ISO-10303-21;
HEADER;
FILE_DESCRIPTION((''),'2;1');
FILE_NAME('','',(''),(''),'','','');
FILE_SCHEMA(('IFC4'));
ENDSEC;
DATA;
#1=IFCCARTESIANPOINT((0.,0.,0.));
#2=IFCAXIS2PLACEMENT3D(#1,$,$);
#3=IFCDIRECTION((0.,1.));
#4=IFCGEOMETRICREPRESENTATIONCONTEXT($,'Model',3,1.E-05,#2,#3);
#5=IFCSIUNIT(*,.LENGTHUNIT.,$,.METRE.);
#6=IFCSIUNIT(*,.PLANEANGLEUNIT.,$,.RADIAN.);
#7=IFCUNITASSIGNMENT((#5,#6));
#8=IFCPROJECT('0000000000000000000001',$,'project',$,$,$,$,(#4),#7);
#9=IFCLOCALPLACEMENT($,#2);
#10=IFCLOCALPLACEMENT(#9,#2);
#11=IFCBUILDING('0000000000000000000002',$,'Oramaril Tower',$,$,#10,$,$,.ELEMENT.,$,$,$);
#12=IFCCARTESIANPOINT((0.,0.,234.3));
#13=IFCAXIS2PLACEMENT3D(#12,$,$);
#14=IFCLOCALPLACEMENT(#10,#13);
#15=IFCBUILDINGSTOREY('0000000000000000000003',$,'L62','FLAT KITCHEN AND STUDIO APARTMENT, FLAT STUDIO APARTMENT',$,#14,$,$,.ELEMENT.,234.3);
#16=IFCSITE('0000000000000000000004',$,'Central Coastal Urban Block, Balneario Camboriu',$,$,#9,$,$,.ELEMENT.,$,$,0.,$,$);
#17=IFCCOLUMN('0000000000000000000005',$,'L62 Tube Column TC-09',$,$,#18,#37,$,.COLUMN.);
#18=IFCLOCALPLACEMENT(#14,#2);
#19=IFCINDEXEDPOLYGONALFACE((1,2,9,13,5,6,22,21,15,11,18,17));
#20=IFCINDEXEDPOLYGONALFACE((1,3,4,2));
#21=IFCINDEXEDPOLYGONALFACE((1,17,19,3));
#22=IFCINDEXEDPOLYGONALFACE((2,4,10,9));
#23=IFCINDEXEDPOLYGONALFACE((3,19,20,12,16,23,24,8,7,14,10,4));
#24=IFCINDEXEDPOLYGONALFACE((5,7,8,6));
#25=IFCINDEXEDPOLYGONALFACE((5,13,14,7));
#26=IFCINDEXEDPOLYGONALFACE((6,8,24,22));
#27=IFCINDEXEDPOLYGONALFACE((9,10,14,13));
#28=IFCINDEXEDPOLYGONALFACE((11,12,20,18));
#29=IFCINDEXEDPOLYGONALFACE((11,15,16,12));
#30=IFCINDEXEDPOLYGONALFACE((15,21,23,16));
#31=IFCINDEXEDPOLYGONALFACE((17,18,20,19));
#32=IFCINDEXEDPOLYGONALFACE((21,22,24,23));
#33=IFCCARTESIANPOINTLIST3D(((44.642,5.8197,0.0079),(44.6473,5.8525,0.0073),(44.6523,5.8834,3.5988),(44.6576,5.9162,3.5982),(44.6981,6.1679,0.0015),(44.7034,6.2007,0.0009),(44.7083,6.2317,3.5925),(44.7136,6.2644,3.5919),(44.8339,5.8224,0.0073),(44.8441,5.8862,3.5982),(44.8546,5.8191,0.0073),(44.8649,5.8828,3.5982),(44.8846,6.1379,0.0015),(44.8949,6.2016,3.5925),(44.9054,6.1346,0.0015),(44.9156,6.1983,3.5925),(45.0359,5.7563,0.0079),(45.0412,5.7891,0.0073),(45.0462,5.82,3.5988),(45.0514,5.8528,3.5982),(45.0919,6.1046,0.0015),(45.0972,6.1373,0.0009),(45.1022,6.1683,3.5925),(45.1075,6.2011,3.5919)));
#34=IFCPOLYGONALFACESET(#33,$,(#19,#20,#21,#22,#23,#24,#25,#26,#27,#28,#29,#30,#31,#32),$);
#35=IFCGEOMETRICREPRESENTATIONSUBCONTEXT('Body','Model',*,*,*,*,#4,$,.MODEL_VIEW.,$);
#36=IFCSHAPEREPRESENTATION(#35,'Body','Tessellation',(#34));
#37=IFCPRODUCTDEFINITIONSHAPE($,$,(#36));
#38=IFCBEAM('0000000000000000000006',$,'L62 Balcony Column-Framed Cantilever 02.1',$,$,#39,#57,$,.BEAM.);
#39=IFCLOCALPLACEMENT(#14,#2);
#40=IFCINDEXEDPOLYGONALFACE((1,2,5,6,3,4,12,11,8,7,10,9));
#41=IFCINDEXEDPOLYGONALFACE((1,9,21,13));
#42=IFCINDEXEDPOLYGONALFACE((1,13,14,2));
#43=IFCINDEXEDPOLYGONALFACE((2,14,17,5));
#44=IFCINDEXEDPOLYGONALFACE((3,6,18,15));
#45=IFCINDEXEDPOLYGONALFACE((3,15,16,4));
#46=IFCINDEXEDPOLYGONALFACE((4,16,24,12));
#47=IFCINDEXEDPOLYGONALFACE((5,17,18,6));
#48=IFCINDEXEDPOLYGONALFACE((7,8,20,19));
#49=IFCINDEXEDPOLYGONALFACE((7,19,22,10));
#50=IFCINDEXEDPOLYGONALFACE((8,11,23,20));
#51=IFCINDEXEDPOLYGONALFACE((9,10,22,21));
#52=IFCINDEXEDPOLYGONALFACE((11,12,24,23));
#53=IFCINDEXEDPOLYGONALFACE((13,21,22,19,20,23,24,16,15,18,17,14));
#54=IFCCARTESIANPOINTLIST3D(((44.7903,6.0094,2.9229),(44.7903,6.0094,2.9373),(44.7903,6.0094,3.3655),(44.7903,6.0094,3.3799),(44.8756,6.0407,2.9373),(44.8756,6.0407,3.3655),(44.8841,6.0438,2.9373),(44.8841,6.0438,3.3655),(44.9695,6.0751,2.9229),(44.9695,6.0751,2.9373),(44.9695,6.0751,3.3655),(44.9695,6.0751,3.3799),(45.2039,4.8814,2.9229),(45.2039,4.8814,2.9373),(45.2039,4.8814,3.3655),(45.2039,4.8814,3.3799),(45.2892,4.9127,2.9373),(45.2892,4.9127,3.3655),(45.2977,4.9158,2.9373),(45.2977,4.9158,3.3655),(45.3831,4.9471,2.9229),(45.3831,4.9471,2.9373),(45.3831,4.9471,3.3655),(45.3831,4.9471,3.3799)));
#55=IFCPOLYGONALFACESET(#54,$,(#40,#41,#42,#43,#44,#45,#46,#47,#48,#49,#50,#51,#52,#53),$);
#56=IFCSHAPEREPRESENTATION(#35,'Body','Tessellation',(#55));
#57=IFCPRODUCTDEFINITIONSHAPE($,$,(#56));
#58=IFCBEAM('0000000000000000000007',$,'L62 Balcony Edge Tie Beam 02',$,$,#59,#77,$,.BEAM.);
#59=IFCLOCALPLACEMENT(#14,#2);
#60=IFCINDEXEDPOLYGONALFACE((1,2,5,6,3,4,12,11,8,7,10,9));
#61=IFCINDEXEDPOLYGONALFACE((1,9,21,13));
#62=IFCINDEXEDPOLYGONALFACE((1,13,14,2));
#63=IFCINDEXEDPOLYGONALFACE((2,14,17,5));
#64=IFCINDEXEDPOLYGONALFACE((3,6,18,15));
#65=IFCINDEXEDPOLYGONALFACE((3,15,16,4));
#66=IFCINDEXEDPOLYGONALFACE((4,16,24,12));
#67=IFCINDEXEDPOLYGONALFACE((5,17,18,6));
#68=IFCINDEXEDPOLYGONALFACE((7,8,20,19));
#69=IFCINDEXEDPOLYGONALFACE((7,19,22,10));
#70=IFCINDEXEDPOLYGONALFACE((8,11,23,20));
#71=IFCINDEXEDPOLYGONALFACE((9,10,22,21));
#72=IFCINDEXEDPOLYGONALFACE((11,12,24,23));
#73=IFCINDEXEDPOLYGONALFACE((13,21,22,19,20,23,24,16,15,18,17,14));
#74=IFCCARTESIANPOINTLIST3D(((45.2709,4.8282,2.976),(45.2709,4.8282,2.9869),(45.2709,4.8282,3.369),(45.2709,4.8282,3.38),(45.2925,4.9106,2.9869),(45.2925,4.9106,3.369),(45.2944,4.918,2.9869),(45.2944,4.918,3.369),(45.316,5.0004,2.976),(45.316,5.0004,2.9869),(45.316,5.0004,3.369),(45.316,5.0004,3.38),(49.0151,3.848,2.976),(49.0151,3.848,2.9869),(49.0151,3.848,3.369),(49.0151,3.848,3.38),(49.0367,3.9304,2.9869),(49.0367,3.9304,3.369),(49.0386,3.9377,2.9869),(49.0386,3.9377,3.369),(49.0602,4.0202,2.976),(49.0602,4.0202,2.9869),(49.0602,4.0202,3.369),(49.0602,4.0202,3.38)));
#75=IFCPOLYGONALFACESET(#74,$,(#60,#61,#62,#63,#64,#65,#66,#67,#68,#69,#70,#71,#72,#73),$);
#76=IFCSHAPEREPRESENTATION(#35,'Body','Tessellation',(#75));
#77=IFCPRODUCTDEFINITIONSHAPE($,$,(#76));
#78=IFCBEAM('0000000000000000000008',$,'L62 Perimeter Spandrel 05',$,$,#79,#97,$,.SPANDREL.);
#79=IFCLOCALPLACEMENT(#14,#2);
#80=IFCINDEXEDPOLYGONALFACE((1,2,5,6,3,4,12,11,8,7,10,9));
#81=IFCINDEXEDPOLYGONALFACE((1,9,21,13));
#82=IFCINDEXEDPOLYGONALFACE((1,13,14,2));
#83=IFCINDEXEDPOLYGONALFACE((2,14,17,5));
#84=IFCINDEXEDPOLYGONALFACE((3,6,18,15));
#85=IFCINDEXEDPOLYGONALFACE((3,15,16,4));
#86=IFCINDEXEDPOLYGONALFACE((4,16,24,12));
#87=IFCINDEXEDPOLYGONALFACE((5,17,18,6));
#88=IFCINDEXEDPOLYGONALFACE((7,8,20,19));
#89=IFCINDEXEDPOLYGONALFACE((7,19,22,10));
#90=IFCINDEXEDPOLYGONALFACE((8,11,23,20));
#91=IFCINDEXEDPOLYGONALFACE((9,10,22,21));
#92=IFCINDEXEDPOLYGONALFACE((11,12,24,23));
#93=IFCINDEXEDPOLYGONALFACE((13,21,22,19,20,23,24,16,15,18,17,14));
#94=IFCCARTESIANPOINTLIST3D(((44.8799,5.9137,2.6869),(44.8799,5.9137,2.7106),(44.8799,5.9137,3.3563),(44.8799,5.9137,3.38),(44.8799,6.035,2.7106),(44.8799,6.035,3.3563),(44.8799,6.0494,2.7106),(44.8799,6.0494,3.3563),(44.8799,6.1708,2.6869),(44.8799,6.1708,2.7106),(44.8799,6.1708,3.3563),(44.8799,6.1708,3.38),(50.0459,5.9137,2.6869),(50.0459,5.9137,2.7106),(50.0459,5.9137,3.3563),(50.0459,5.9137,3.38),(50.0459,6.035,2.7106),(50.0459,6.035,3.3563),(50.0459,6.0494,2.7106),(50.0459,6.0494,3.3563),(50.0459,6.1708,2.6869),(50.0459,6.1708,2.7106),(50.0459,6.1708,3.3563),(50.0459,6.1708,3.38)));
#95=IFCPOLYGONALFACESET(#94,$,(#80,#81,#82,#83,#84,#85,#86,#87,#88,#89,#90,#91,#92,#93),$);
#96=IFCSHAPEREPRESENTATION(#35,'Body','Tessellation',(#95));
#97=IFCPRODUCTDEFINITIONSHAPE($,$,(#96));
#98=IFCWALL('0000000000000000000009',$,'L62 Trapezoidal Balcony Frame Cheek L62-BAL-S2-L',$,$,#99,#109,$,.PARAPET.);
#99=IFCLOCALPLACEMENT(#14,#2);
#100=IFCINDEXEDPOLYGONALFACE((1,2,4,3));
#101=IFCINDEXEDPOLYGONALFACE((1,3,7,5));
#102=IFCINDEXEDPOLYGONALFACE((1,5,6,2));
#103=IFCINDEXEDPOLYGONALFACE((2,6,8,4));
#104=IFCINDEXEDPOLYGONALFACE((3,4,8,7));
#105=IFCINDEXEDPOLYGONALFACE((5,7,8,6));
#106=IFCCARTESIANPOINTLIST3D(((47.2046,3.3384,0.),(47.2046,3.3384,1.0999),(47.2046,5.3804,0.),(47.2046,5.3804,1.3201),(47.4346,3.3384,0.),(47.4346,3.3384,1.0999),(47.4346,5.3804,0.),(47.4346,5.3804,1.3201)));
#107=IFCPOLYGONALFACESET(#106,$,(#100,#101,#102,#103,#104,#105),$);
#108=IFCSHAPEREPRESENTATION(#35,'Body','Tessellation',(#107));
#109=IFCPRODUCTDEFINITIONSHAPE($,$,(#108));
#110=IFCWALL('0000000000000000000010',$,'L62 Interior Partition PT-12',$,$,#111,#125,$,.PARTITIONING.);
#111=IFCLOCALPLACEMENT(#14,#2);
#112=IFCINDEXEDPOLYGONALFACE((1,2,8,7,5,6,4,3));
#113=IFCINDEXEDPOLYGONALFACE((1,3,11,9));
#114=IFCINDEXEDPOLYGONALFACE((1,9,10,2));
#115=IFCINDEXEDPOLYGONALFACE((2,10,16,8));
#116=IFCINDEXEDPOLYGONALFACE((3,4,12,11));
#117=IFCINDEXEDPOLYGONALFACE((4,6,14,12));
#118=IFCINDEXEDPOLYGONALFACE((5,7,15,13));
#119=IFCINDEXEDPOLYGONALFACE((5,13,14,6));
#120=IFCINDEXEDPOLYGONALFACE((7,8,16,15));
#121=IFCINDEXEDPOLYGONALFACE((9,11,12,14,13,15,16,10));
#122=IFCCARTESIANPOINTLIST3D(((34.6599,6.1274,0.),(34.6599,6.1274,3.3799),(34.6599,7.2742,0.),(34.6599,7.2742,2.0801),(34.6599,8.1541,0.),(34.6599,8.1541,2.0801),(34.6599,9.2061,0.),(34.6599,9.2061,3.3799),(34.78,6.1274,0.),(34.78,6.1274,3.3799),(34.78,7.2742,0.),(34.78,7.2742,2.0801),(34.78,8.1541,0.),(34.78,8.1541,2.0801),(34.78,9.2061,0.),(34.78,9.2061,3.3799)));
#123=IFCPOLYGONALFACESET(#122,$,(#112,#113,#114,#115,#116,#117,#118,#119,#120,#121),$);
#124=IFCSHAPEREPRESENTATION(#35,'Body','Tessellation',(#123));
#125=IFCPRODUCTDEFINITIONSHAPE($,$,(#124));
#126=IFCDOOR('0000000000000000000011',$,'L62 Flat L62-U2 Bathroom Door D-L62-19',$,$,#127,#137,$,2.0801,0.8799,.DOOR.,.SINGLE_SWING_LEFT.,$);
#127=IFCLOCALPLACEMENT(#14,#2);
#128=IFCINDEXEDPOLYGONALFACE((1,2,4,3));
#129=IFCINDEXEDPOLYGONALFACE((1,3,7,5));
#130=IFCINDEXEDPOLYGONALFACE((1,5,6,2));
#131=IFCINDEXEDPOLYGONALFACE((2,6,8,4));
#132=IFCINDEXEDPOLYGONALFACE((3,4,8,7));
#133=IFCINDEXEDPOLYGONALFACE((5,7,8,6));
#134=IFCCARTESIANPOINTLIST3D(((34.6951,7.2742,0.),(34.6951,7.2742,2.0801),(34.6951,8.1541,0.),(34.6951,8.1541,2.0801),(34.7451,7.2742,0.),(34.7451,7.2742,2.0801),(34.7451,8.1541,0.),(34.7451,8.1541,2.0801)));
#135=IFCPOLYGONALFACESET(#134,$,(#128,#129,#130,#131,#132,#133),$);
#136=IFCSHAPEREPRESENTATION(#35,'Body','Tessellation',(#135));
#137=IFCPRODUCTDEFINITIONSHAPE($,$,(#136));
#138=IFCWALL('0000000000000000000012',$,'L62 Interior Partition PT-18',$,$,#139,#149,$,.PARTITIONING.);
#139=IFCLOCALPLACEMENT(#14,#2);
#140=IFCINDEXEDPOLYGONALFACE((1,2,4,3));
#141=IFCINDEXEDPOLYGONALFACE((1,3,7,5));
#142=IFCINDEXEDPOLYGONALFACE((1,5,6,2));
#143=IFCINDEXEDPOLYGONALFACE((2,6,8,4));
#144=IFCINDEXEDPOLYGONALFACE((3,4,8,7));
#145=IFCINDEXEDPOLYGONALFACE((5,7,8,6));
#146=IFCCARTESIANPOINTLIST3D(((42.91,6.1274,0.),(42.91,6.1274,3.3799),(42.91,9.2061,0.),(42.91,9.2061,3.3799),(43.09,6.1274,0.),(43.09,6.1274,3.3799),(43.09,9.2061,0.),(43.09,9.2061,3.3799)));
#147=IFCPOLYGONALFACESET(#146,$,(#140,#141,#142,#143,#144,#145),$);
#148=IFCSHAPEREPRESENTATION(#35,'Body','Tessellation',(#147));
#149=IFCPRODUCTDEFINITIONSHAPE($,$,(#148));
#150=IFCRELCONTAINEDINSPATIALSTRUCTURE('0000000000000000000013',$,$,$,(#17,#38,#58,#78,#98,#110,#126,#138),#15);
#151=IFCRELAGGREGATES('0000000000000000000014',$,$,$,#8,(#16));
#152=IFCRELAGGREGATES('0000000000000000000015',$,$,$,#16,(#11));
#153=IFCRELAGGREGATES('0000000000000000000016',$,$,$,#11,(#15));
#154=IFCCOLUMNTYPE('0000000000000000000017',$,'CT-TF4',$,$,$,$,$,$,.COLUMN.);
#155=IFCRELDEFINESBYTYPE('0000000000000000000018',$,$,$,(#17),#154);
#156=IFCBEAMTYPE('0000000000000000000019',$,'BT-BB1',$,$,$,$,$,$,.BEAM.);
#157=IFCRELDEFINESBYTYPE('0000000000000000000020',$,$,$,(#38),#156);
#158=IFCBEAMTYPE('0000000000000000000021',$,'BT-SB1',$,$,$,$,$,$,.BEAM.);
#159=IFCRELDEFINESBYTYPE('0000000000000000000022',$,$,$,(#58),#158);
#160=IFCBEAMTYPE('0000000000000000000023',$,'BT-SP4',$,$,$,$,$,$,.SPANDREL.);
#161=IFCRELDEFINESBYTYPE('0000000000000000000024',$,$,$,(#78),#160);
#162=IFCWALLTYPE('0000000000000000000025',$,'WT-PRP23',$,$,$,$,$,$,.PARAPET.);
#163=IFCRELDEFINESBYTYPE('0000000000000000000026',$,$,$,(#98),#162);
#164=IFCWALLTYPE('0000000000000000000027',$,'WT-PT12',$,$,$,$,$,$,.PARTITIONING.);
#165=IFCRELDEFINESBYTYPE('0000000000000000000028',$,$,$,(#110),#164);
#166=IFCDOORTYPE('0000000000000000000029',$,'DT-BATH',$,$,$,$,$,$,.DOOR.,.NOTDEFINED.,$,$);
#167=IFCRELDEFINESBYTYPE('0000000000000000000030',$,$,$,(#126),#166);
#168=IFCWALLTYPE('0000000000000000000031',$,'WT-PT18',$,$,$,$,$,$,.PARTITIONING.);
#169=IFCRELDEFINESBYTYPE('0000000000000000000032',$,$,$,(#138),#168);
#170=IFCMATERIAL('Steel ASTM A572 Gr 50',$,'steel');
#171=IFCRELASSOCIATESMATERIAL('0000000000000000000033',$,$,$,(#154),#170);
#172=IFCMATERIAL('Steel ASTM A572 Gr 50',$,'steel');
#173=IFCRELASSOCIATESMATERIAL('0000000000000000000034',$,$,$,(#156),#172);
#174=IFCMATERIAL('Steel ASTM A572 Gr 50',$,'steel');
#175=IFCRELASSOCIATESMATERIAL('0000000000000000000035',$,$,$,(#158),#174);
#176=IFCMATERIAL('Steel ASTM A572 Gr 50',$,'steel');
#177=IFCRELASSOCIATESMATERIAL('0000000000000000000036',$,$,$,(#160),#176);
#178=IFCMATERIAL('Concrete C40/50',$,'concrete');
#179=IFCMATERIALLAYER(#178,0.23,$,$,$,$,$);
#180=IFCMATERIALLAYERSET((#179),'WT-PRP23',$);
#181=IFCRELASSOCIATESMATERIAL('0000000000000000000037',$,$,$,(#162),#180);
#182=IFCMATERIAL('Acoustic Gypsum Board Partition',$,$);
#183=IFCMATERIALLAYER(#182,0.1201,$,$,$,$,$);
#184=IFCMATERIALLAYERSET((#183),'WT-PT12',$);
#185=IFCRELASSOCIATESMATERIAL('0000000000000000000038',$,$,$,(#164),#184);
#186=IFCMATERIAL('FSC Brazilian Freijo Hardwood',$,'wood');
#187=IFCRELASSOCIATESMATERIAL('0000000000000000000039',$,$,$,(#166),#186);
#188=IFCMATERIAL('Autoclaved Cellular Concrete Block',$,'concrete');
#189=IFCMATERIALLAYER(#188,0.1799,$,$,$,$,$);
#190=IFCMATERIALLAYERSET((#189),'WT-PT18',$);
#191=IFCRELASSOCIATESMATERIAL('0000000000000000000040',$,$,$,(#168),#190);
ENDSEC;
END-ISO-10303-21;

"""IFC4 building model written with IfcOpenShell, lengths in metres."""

from ifc_helpers import new_model, si_unit, direction, frame, frame_2d, origin, origin_2d, place, context, subcontext, project, spatial, polyline, rectangle, i_section, outline, extrude, material, layer, layer_set, material_profile, profile_set, type_object, element, fill, save


model = new_model("IFC4")

# Units and contexts
model_context = context("Model", 3, precision=1e-05, world=origin(), true_north=direction((0.0, 1.0)))
body_context = subcontext(model_context, "Body", "Model", "MODEL_VIEW")
ifc_project = project(units=[si_unit("LENGTHUNIT", "METRE"), si_unit("PLANEANGLEUNIT", "RADIAN")], contexts=[model_context])

# Site, building, storey
site_placement = place(None, origin())
site = spatial("IfcSite", under=ifc_project, at=site_placement, Name="Central Coastal Urban Block, Balneario Camboriu", CompositionType="ELEMENT", RefElevation=0.0)
building_placement = place(site_placement, origin())
building = spatial("IfcBuilding", under=site, at=building_placement, Name="Oramaril Tower", CompositionType="ELEMENT")
storey_placement = place(building_placement, frame((0.0, 0.0, 234.3)))
storey = spatial("IfcBuildingStorey", under=building, at=storey_placement, Name="L62", Description="FLAT KITCHEN AND STUDIO APARTMENT, FLAT STUDIO APARTMENT", CompositionType="ELEMENT", Elevation=234.3)

# Column
ifc_material_1 = material(Name="Steel ASTM A572 Gr 50", Category="steel")
ifc_material_profile_1 = material_profile(ifc_material_1, i_section(OverallWidth=0.3989, OverallDepth=0.386, WebThickness=0.021, FlangeThickness=0.0332, at=origin_2d()), Name="W14X176")
ifc_profile_set_1 = profile_set([ifc_material_profile_1], Name="Steel ASTM A572 Gr 50")
column_type = type_object("IfcColumnType", Name="CT-TF4", PredefinedType="COLUMN", material=ifc_profile_set_1)
column_placement = place(storey_placement, frame((44.8696, 5.9785, 0.0044), z_axis=(0.002855, 0.017741, 0.999839), x_axis=(-0.987299, 0.158876, 0.0)))
element("IfcColumn", 1, at=column_placement, inside=storey, type_object=column_type, Name="L62 Tube Column TC-09", PredefinedType="COLUMN", context=body_context, shape_type="SweptSolid", body=[
    extrude(i_section(OverallWidth=0.3989, OverallDepth=0.386, WebThickness=0.021, FlangeThickness=0.0332, at=origin_2d()), origin(), (0.0, 0.0, 1.0), 3.5916),
])

# Beams
ifc_material_2 = material(Name="Steel ASTM A572 Gr 50", Category="steel")
ifc_material_profile_2 = material_profile(ifc_material_2, i_section(OverallWidth=0.1909, OverallDepth=0.457, WebThickness=0.009, FlangeThickness=0.0144, at=origin_2d()), Name="W18X50")
ifc_profile_set_2 = profile_set([ifc_material_profile_2], Name="Steel ASTM A572 Gr 50")
beam_type_1 = type_object("IfcBeamType", Name="BT-BB1", PredefinedType="BEAM", material=ifc_profile_set_2)
beam_1_placement = place(storey_placement, frame((44.8799, 6.0422, 3.1514), z_axis=(0.344255, -0.938876, 0.0), x_axis=(0.938876, 0.344255, 0.0)))
element("IfcBeam", 2, at=beam_1_placement, inside=storey, type_object=beam_type_1, Name="L62 Balcony Column-Framed Cantilever 02.1", PredefinedType="BEAM", context=body_context, shape_type="SweptSolid", body=[
    extrude(i_section(OverallWidth=0.1909, OverallDepth=0.457, WebThickness=0.009, FlangeThickness=0.0144, at=origin_2d()), origin(), (0.0, 0.0, 1.0), 1.2014),
])
ifc_material_3 = material(Name="Steel ASTM A572 Gr 50", Category="steel")
ifc_material_profile_3 = material_profile(ifc_material_3, i_section(OverallWidth=0.178, OverallDepth=0.4041, WebThickness=0.0076, FlangeThickness=0.011, at=origin_2d()), Name="W16X36")
ifc_profile_set_3 = profile_set([ifc_material_profile_3], Name="Steel ASTM A572 Gr 50")
beam_type_2 = type_object("IfcBeamType", Name="BT-SB1", PredefinedType="BEAM", material=ifc_profile_set_3)
beam_2_placement = place(storey_placement, frame((45.2935, 4.9143, 3.178), z_axis=(0.967397, -0.253267, 0.0), x_axis=(0.253267, 0.967397, 0.0)))
element("IfcBeam", 3, at=beam_2_placement, inside=storey, type_object=beam_type_2, Name="L62 Balcony Edge Tie Beam 02", PredefinedType="BEAM", context=body_context, shape_type="SweptSolid", body=[
    extrude(i_section(OverallWidth=0.178, OverallDepth=0.4041, WebThickness=0.0076, FlangeThickness=0.011, at=origin_2d()), origin(), (0.0, 0.0, 1.0), 3.8704),
])
ifc_material_4 = material(Name="Steel ASTM A572 Gr 50", Category="steel")
ifc_material_profile_4 = material_profile(ifc_material_4, i_section(OverallWidth=0.2571, OverallDepth=0.6931, WebThickness=0.0144, FlangeThickness=0.0237, at=origin_2d()), Name="W27X114")
ifc_profile_set_4 = profile_set([ifc_material_profile_4], Name="Steel ASTM A572 Gr 50")
beam_type_3 = type_object("IfcBeamType", Name="BT-SP4", PredefinedType="SPANDREL", material=ifc_profile_set_4)
beam_3_placement = place(storey_placement, frame((44.8799, 6.0422, 3.0334), z_axis=(1.0, 0.0, 0.0), x_axis=(0.0, 1.0, 0.0)))
element("IfcBeam", 4, at=beam_3_placement, inside=storey, type_object=beam_type_3, Name="L62 Perimeter Spandrel 05", PredefinedType="SPANDREL", context=body_context, shape_type="SweptSolid", body=[
    extrude(i_section(OverallWidth=0.2571, OverallDepth=0.6931, WebThickness=0.0144, FlangeThickness=0.0237, at=origin_2d()), origin(), (0.0, 0.0, 1.0), 5.166),
])

# Wall
ifc_material_5 = material(Name="Concrete C40/50", Category="concrete")
ifc_layer_1 = layer(ifc_material_5, 0.23)
ifc_layer_set_1 = layer_set([ifc_layer_1], Name="WT-PRP23")
wall_type_1 = type_object("IfcWallType", Name="WT-PRP23", PredefinedType="PARAPET", material=ifc_layer_set_1)
wall_1_placement = place(storey_placement, frame((47.3196, 5.3804, 0.0), z_axis=(0.0, 0.0, 1.0), x_axis=(0.0, -1.0, 0.0)))
element("IfcWall", 5, at=wall_1_placement, inside=storey, type_object=wall_type_1, Name="L62 Trapezoidal Balcony Frame Cheek L62-BAL-S2-L", PredefinedType="PARAPET", context=body_context, shape_type="SweptSolid", body=[
    extrude(outline(polyline([(0.0, 0.0), (2.042, 0.0), (2.042, 1.0999), (0.0, 1.3201), (0.0, 0.0)])), frame((0.0, 0.115, 0.0), z_axis=(0.0, -1.0, 0.0), x_axis=(1.0, 0.0, 0.0)), (0.0, 0.0, 1.0), 0.23),
])

# Wall, opening, door
ifc_material_6 = material(Name="Acoustic Gypsum Board Partition")
ifc_layer_2 = layer(ifc_material_6, 0.1201)
ifc_layer_set_2 = layer_set([ifc_layer_2], Name="WT-PT12")
wall_type_2 = type_object("IfcWallType", Name="WT-PT12", PredefinedType="PARTITIONING", material=ifc_layer_set_2)
wall_2_placement = place(storey_placement, frame((34.72, 6.1274, 0.0), z_axis=(0.0, 0.0, 1.0), x_axis=(0.0, 1.0, 0.0)))
wall_2 = element("IfcWall", 6, at=wall_2_placement, inside=storey, type_object=wall_type_2, Name="L62 Interior Partition PT-12", PredefinedType="PARTITIONING", context=body_context, shape_type="SweptSolid", body=[
    extrude(rectangle(XDim=3.0786, YDim=0.1201, at=frame_2d((1.5393, 0.0))), origin(), (0.0, 0.0, 1.0), 3.3799),
])
opening_1_placement = place(wall_2_placement, frame((1.1467, 0.0, 0.0)))
opening_1 = element("IfcOpeningElement", 7, at=opening_1_placement, cuts=wall_2, PredefinedType="OPENING", context=body_context, shape_type="SweptSolid", body=[
    extrude(rectangle(XDim=0.8799, YDim=2.0801, at=frame_2d((0.4399, 1.04))), frame((0.0, 0.0601, 0.0), z_axis=(0.0, -1.0, 0.0), x_axis=(1.0, 0.0, 0.0)), (0.0, 0.0, 1.0), 0.1201),
])
ifc_material_7 = material(Name="FSC Brazilian Freijo Hardwood", Category="wood")
door_type_1 = type_object("IfcDoorType", Name="DT-BATH", OperationType="NOTDEFINED", PredefinedType="DOOR", material=ifc_material_7)
door_1_placement = place(opening_1_placement, origin())
door_1 = element("IfcDoor", 8, at=door_1_placement, inside=storey, type_object=door_type_1, Name="L62 Flat L62-U2 Bathroom Door D-L62-19", OperationType="SINGLE_SWING_LEFT", OverallHeight=2.0801, OverallWidth=0.8799, PredefinedType="DOOR", context=body_context, shape_type="SweptSolid", body=[
    extrude(rectangle(XDim=0.8799, YDim=2.0801, at=frame_2d((0.4399, 1.04))), frame((0.0, 0.0249, 0.0), z_axis=(0.0, -1.0, 0.0), x_axis=(1.0, 0.0, 0.0)), (0.0, 0.0, 1.0), 0.05),
])
fill(opening_1, door_1)

# Wall
ifc_material_8 = material(Name="Autoclaved Cellular Concrete Block", Category="concrete")
ifc_layer_3 = layer(ifc_material_8, 0.1799)
ifc_layer_set_3 = layer_set([ifc_layer_3], Name="WT-PT18")
wall_type_3 = type_object("IfcWallType", Name="WT-PT18", PredefinedType="PARTITIONING", material=ifc_layer_set_3)
wall_3_placement = place(storey_placement, frame((43.0, 6.1274, 0.0), z_axis=(0.0, 0.0, 1.0), x_axis=(0.0, 1.0, 0.0)))
element("IfcWall", 9, at=wall_3_placement, inside=storey, type_object=wall_type_3, Name="L62 Interior Partition PT-18", PredefinedType="PARTITIONING", context=body_context, shape_type="SweptSolid", body=[
    extrude(rectangle(XDim=3.0786, YDim=0.1799, at=frame_2d((1.5393, 0.0))), origin(), (0.0, 0.0, 1.0), 3.3799),
])

save(model, "model.ifc")
